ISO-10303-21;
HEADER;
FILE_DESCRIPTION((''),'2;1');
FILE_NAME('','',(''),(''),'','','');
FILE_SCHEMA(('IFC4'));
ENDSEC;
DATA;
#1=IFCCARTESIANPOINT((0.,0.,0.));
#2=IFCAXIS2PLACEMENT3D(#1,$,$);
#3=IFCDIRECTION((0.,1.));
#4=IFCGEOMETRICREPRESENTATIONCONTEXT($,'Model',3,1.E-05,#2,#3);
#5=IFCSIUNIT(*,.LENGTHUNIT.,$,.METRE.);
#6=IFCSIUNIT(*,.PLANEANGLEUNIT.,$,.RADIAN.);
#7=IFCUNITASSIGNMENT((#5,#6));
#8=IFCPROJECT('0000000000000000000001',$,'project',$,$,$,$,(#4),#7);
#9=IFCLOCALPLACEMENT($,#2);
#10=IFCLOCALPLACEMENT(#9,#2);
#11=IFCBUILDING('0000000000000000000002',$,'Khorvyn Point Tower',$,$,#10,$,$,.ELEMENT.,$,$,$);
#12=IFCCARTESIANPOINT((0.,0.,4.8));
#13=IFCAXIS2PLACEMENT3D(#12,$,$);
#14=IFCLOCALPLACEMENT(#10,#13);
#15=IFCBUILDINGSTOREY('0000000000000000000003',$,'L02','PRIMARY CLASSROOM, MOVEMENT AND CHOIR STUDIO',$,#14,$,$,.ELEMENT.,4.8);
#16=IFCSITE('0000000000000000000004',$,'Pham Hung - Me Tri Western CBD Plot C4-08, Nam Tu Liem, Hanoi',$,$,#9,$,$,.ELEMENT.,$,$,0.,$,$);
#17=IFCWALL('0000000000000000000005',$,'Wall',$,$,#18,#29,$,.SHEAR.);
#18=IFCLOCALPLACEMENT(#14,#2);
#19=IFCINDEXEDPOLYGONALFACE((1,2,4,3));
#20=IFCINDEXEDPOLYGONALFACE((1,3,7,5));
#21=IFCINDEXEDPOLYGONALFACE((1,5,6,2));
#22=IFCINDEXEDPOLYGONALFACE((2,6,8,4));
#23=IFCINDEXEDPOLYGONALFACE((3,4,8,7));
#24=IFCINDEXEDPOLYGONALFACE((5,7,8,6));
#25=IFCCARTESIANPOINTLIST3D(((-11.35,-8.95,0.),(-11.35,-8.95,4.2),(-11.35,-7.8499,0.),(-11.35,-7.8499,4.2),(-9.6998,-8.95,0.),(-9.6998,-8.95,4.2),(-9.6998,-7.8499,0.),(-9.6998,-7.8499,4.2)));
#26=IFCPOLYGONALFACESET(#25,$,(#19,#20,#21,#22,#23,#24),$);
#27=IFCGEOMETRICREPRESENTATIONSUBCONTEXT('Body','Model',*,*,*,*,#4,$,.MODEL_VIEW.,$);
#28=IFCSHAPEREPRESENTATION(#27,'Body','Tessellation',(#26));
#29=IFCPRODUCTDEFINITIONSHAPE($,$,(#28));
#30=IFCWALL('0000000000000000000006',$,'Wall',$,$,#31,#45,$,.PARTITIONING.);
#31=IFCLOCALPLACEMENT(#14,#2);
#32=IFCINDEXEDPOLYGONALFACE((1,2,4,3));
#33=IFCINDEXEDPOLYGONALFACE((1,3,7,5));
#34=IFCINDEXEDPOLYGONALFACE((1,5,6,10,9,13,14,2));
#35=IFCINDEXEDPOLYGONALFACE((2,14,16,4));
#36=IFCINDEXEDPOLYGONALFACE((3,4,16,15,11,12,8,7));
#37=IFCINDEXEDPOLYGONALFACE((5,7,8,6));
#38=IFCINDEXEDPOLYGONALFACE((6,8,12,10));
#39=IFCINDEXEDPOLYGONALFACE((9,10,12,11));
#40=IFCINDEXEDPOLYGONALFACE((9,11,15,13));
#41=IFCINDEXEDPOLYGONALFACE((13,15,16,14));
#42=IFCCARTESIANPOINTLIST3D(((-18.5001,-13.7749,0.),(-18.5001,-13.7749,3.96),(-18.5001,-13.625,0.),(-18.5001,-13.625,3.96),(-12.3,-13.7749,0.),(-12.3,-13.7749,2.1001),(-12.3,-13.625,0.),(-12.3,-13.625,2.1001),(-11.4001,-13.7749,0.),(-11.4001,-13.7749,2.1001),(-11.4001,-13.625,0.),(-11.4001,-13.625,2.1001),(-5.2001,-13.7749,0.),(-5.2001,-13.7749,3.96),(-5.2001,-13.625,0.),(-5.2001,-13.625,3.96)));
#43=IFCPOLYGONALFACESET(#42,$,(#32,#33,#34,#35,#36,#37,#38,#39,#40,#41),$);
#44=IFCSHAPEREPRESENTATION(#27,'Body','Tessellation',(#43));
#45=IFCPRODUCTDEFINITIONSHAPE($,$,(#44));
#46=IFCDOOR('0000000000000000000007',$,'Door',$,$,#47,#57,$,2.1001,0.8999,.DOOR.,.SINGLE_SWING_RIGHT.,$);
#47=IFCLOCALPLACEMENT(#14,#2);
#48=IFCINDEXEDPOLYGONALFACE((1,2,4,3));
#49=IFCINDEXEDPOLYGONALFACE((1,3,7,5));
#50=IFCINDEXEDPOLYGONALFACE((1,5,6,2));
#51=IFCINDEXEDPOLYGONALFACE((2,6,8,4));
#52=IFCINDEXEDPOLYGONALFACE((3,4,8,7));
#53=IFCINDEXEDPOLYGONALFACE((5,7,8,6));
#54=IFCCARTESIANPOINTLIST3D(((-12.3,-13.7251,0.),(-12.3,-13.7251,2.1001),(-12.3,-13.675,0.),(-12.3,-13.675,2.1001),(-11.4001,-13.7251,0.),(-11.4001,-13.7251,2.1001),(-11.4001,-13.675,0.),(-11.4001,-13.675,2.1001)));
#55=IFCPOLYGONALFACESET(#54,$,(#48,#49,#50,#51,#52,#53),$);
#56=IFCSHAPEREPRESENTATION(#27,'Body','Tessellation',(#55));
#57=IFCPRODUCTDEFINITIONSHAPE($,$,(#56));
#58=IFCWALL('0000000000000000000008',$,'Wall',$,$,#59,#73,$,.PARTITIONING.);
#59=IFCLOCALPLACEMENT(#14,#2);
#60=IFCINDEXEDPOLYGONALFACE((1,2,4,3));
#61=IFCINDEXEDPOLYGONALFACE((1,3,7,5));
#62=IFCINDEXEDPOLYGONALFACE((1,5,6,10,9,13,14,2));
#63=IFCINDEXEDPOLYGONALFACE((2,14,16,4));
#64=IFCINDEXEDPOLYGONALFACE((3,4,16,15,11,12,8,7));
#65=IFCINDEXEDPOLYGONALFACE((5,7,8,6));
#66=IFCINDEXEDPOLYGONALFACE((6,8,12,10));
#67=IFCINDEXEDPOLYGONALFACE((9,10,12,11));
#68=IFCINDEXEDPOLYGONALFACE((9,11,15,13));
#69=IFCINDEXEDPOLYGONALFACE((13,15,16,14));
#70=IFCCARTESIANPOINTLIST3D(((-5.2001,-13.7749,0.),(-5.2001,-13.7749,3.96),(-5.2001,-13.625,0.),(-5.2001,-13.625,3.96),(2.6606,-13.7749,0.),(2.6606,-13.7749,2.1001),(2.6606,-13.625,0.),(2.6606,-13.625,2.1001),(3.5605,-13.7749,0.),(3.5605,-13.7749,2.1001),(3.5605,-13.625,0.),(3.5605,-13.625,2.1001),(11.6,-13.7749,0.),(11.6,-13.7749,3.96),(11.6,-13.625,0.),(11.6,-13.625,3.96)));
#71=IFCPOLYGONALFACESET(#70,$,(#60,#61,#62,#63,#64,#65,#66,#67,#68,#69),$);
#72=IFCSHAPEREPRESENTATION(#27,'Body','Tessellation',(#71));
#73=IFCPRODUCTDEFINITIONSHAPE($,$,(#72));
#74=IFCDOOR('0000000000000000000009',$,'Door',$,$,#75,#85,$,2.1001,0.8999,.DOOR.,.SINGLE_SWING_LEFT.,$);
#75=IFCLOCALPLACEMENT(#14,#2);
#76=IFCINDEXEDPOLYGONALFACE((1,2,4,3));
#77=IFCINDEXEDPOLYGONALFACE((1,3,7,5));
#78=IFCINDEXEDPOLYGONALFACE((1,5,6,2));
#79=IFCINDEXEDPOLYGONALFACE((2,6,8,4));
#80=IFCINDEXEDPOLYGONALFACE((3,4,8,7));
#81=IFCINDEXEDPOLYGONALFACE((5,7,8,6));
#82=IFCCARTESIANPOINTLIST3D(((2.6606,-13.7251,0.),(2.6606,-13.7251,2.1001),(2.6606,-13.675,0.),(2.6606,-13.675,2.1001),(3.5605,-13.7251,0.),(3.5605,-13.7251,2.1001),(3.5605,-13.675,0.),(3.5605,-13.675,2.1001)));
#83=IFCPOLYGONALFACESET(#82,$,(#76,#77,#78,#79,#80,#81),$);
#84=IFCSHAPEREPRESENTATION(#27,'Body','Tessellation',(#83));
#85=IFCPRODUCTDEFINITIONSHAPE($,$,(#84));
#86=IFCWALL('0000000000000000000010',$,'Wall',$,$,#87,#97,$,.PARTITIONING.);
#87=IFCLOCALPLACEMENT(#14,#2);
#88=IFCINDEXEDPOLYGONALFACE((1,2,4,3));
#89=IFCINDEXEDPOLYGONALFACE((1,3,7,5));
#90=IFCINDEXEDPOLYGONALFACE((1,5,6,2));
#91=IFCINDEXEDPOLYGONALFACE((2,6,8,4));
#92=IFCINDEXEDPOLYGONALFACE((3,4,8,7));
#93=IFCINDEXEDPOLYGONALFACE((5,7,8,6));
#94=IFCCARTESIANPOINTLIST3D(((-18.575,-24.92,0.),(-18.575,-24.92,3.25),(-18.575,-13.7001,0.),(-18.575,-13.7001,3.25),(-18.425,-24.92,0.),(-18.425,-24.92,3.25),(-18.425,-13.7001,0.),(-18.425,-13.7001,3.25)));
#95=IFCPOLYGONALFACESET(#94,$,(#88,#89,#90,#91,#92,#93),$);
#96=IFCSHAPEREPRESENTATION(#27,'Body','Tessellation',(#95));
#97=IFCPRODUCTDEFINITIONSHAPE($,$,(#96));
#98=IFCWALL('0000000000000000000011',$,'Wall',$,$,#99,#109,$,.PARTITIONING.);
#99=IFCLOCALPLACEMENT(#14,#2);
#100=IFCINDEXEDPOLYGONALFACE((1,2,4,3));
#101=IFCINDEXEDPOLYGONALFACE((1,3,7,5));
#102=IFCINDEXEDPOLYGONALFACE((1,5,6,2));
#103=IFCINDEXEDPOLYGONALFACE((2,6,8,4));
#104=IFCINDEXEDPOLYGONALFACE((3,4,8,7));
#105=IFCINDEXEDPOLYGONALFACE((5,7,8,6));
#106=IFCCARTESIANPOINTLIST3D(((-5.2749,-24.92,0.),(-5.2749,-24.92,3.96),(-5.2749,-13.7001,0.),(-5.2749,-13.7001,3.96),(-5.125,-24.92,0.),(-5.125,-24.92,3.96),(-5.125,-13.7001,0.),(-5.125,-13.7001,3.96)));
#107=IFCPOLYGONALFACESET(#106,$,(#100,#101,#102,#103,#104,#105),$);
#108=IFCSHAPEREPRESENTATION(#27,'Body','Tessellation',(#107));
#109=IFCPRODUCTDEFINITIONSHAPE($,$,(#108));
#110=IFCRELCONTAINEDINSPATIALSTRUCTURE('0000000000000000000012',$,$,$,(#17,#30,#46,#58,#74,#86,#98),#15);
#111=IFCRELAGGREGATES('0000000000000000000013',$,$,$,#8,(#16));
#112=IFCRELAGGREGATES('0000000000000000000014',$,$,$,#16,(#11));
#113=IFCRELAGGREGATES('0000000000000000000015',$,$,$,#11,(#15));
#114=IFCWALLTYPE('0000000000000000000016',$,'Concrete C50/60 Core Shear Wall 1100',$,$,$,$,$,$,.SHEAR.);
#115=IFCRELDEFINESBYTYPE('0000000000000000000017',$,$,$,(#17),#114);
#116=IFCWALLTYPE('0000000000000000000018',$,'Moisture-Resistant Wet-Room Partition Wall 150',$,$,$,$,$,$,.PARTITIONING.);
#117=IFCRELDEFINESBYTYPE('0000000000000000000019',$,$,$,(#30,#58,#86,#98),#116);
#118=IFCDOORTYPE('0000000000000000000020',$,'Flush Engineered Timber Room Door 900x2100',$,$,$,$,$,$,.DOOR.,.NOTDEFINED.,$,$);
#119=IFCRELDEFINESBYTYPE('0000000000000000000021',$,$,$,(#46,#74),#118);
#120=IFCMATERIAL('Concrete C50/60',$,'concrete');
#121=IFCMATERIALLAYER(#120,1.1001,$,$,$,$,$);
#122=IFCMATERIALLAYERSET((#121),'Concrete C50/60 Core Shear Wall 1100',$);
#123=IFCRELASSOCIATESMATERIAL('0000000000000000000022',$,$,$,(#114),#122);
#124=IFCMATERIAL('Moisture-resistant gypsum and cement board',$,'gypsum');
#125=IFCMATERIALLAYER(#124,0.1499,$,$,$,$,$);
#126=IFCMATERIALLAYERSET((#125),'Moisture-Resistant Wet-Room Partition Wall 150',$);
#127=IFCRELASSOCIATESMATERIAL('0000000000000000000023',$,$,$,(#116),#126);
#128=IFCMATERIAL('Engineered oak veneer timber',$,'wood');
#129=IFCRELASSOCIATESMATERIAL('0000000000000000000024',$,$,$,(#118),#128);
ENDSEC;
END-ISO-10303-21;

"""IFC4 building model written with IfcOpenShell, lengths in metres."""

from ifc_helpers import new_model, si_unit, direction, frame, frame_2d, origin, place, context, subcontext, project, spatial, rectangle, extrude, material, layer, layer_set, type_object, element, fill, save


model = new_model("IFC4")

# Units and contexts
model_context = context("Model", 3, precision=1e-05, world=origin(), true_north=direction((0.0, 1.0)))
body_context = subcontext(model_context, "Body", "Model", "MODEL_VIEW")
ifc_project = project(units=[si_unit("LENGTHUNIT", "METRE"), si_unit("PLANEANGLEUNIT", "RADIAN")], contexts=[model_context])

# Site, building, storey
site_placement = place(None, origin())
site = spatial("IfcSite", under=ifc_project, at=site_placement, Name="Pham Hung - Me Tri Western CBD Plot C4-08, Nam Tu Liem, Hanoi", CompositionType="ELEMENT", RefElevation=0.0)
building_placement = place(site_placement, origin())
building = spatial("IfcBuilding", under=site, at=building_placement, Name="Khorvyn Point Tower", CompositionType="ELEMENT")
storey_placement = place(building_placement, frame((0.0, 0.0, 4.8)))
storey = spatial("IfcBuildingStorey", under=building, at=storey_placement, Name="L02", Description="PRIMARY CLASSROOM, MOVEMENT AND CHOIR STUDIO", CompositionType="ELEMENT", Elevation=4.8)

# Shared definitions
ifc_material_1 = material(Name="Concrete C50/60", Category="concrete")

# Wall
ifc_layer_1 = layer(ifc_material_1, 1.1001)
ifc_layer_set_1 = layer_set([ifc_layer_1], Name="Concrete C50/60 Core Shear Wall 1100")
wall_type_1 = type_object("IfcWallType", Name="Concrete C50/60 Core Shear Wall 1100", PredefinedType="SHEAR", material=ifc_layer_set_1)
wall_1_placement = place(storey_placement, frame((-11.3501, -8.3999, 0.0), z_axis=(0.0, 0.0, 1.0), x_axis=(1.0, 0.0, 0.0)))
element("IfcWall", 1, at=wall_1_placement, inside=storey, type_object=wall_type_1, Name="Wall", PredefinedType="SHEAR", context=body_context, shape_type="SweptSolid", body=[
    extrude(rectangle(XDim=1.6501, YDim=1.1001, at=frame_2d((0.8252, 0.0))), origin(), (0.0, 0.0, 1.0), 4.2),
])

# Walls, openings, doors
ifc_material_2 = material(Name="Moisture-resistant gypsum and cement board", Category="gypsum")
ifc_layer_2 = layer(ifc_material_2, 0.1499)
ifc_layer_set_2 = layer_set([ifc_layer_2], Name="Moisture-Resistant Wet-Room Partition Wall 150")
wall_type_2 = type_object("IfcWallType", Name="Moisture-Resistant Wet-Room Partition Wall 150", PredefinedType="PARTITIONING", material=ifc_layer_set_2)
wall_2_placement = place(storey_placement, frame((-18.5, -13.7, 0.0), z_axis=(0.0, 0.0, 1.0), x_axis=(1.0, 0.0, 0.0)))
wall_2 = element("IfcWall", 2, at=wall_2_placement, inside=storey, type_object=wall_type_2, Name="Wall", PredefinedType="PARTITIONING", context=body_context, shape_type="SweptSolid", body=[
    extrude(rectangle(XDim=13.3, YDim=0.1499, at=frame_2d((6.6499, 0.0))), origin(), (0.0, 0.0, 1.0), 3.96),
])
opening_1_placement = place(wall_2_placement, frame((6.2, 0.0, 0.0)))
opening_1 = element("IfcOpeningElement", 3, at=opening_1_placement, cuts=wall_2, PredefinedType="OPENING", context=body_context, shape_type="SweptSolid", body=[
    extrude(rectangle(XDim=0.8999, YDim=2.1001, at=frame_2d((0.45, 1.05))), frame((0.0, 0.085, 0.0), z_axis=(0.0, -1.0, 0.0), x_axis=(1.0, 0.0, 0.0)), (0.0, 0.0, 1.0), 0.1699),
])
ifc_material_3 = material(Name="Engineered oak veneer timber", Category="wood")
door_type_1 = type_object("IfcDoorType", Name="Flush Engineered Timber Room Door 900x2100", OperationType="NOTDEFINED", PredefinedType="DOOR", material=ifc_material_3)
door_1_placement = place(opening_1_placement, origin())
door_1 = element("IfcDoor", 4, at=door_1_placement, inside=storey, type_object=door_type_1, Name="Door", OperationType="SINGLE_SWING_RIGHT", OverallHeight=2.1001, OverallWidth=0.8999, PredefinedType="DOOR", context=body_context, shape_type="SweptSolid", body=[
    extrude(rectangle(XDim=0.8999, YDim=2.1001, at=frame_2d((0.45, 1.05))), frame((0.0, 0.0249, 0.0), z_axis=(0.0, -1.0, 0.0), x_axis=(1.0, 0.0, 0.0)), (0.0, 0.0, 1.0), 0.05),
])
fill(opening_1, door_1)
wall_3_placement = place(storey_placement, frame((-5.2, -13.7, 0.0), z_axis=(0.0, 0.0, 1.0), x_axis=(1.0, 0.0, 0.0)))
wall_3 = element("IfcWall", 5, at=wall_3_placement, inside=storey, type_object=wall_type_2, Name="Wall", PredefinedType="PARTITIONING", context=body_context, shape_type="SweptSolid", body=[
    extrude(rectangle(XDim=16.8, YDim=0.1499, at=frame_2d((8.3999, 0.0))), origin(), (0.0, 0.0, 1.0), 3.96),
])
opening_2_placement = place(wall_3_placement, frame((7.8606, 0.0, 0.0)))
opening_2 = element("IfcOpeningElement", 6, at=opening_2_placement, cuts=wall_3, PredefinedType="OPENING", context=body_context, shape_type="SweptSolid", body=[
    extrude(rectangle(XDim=0.8999, YDim=2.1001, at=frame_2d((0.45, 1.05))), frame((0.0, 0.085, 0.0), z_axis=(0.0, -1.0, 0.0), x_axis=(1.0, 0.0, 0.0)), (0.0, 0.0, 1.0), 0.1699),
])
door_2_placement = place(opening_2_placement, origin())
door_2 = element("IfcDoor", 7, at=door_2_placement, inside=storey, type_object=door_type_1, Name="Door", OperationType="SINGLE_SWING_LEFT", OverallHeight=2.1001, OverallWidth=0.8999, PredefinedType="DOOR", context=body_context, shape_type="SweptSolid", body=[
    extrude(rectangle(XDim=0.8999, YDim=2.1001, at=frame_2d((0.45, 1.05))), frame((0.0, 0.0249, 0.0), z_axis=(0.0, -1.0, 0.0), x_axis=(1.0, 0.0, 0.0)), (0.0, 0.0, 1.0), 0.05),
])
fill(opening_2, door_2)

# Walls
wall_4_placement = place(storey_placement, frame((-18.5, -24.9199, 0.0), z_axis=(0.0, 0.0, 1.0), x_axis=(0.0, 1.0, 0.0)))
element("IfcWall", 8, at=wall_4_placement, inside=storey, type_object=wall_type_2, Name="Wall", PredefinedType="PARTITIONING", context=body_context, shape_type="SweptSolid", body=[
    extrude(rectangle(XDim=11.22, YDim=0.1499, at=frame_2d((5.6099, 0.0))), origin(), (0.0, 0.0, 1.0), 3.25),
])
wall_5_placement = place(storey_placement, frame((-5.2, -24.9199, 0.0), z_axis=(0.0, 0.0, 1.0), x_axis=(0.0, 1.0, 0.0)))
element("IfcWall", 9, at=wall_5_placement, inside=storey, type_object=wall_type_2, Name="Wall", PredefinedType="PARTITIONING", context=body_context, shape_type="SweptSolid", body=[
    extrude(rectangle(XDim=11.22, YDim=0.1499, at=frame_2d((5.6099, 0.0))), origin(), (0.0, 0.0, 1.0), 3.96),
])

save(model, "model.ifc")
